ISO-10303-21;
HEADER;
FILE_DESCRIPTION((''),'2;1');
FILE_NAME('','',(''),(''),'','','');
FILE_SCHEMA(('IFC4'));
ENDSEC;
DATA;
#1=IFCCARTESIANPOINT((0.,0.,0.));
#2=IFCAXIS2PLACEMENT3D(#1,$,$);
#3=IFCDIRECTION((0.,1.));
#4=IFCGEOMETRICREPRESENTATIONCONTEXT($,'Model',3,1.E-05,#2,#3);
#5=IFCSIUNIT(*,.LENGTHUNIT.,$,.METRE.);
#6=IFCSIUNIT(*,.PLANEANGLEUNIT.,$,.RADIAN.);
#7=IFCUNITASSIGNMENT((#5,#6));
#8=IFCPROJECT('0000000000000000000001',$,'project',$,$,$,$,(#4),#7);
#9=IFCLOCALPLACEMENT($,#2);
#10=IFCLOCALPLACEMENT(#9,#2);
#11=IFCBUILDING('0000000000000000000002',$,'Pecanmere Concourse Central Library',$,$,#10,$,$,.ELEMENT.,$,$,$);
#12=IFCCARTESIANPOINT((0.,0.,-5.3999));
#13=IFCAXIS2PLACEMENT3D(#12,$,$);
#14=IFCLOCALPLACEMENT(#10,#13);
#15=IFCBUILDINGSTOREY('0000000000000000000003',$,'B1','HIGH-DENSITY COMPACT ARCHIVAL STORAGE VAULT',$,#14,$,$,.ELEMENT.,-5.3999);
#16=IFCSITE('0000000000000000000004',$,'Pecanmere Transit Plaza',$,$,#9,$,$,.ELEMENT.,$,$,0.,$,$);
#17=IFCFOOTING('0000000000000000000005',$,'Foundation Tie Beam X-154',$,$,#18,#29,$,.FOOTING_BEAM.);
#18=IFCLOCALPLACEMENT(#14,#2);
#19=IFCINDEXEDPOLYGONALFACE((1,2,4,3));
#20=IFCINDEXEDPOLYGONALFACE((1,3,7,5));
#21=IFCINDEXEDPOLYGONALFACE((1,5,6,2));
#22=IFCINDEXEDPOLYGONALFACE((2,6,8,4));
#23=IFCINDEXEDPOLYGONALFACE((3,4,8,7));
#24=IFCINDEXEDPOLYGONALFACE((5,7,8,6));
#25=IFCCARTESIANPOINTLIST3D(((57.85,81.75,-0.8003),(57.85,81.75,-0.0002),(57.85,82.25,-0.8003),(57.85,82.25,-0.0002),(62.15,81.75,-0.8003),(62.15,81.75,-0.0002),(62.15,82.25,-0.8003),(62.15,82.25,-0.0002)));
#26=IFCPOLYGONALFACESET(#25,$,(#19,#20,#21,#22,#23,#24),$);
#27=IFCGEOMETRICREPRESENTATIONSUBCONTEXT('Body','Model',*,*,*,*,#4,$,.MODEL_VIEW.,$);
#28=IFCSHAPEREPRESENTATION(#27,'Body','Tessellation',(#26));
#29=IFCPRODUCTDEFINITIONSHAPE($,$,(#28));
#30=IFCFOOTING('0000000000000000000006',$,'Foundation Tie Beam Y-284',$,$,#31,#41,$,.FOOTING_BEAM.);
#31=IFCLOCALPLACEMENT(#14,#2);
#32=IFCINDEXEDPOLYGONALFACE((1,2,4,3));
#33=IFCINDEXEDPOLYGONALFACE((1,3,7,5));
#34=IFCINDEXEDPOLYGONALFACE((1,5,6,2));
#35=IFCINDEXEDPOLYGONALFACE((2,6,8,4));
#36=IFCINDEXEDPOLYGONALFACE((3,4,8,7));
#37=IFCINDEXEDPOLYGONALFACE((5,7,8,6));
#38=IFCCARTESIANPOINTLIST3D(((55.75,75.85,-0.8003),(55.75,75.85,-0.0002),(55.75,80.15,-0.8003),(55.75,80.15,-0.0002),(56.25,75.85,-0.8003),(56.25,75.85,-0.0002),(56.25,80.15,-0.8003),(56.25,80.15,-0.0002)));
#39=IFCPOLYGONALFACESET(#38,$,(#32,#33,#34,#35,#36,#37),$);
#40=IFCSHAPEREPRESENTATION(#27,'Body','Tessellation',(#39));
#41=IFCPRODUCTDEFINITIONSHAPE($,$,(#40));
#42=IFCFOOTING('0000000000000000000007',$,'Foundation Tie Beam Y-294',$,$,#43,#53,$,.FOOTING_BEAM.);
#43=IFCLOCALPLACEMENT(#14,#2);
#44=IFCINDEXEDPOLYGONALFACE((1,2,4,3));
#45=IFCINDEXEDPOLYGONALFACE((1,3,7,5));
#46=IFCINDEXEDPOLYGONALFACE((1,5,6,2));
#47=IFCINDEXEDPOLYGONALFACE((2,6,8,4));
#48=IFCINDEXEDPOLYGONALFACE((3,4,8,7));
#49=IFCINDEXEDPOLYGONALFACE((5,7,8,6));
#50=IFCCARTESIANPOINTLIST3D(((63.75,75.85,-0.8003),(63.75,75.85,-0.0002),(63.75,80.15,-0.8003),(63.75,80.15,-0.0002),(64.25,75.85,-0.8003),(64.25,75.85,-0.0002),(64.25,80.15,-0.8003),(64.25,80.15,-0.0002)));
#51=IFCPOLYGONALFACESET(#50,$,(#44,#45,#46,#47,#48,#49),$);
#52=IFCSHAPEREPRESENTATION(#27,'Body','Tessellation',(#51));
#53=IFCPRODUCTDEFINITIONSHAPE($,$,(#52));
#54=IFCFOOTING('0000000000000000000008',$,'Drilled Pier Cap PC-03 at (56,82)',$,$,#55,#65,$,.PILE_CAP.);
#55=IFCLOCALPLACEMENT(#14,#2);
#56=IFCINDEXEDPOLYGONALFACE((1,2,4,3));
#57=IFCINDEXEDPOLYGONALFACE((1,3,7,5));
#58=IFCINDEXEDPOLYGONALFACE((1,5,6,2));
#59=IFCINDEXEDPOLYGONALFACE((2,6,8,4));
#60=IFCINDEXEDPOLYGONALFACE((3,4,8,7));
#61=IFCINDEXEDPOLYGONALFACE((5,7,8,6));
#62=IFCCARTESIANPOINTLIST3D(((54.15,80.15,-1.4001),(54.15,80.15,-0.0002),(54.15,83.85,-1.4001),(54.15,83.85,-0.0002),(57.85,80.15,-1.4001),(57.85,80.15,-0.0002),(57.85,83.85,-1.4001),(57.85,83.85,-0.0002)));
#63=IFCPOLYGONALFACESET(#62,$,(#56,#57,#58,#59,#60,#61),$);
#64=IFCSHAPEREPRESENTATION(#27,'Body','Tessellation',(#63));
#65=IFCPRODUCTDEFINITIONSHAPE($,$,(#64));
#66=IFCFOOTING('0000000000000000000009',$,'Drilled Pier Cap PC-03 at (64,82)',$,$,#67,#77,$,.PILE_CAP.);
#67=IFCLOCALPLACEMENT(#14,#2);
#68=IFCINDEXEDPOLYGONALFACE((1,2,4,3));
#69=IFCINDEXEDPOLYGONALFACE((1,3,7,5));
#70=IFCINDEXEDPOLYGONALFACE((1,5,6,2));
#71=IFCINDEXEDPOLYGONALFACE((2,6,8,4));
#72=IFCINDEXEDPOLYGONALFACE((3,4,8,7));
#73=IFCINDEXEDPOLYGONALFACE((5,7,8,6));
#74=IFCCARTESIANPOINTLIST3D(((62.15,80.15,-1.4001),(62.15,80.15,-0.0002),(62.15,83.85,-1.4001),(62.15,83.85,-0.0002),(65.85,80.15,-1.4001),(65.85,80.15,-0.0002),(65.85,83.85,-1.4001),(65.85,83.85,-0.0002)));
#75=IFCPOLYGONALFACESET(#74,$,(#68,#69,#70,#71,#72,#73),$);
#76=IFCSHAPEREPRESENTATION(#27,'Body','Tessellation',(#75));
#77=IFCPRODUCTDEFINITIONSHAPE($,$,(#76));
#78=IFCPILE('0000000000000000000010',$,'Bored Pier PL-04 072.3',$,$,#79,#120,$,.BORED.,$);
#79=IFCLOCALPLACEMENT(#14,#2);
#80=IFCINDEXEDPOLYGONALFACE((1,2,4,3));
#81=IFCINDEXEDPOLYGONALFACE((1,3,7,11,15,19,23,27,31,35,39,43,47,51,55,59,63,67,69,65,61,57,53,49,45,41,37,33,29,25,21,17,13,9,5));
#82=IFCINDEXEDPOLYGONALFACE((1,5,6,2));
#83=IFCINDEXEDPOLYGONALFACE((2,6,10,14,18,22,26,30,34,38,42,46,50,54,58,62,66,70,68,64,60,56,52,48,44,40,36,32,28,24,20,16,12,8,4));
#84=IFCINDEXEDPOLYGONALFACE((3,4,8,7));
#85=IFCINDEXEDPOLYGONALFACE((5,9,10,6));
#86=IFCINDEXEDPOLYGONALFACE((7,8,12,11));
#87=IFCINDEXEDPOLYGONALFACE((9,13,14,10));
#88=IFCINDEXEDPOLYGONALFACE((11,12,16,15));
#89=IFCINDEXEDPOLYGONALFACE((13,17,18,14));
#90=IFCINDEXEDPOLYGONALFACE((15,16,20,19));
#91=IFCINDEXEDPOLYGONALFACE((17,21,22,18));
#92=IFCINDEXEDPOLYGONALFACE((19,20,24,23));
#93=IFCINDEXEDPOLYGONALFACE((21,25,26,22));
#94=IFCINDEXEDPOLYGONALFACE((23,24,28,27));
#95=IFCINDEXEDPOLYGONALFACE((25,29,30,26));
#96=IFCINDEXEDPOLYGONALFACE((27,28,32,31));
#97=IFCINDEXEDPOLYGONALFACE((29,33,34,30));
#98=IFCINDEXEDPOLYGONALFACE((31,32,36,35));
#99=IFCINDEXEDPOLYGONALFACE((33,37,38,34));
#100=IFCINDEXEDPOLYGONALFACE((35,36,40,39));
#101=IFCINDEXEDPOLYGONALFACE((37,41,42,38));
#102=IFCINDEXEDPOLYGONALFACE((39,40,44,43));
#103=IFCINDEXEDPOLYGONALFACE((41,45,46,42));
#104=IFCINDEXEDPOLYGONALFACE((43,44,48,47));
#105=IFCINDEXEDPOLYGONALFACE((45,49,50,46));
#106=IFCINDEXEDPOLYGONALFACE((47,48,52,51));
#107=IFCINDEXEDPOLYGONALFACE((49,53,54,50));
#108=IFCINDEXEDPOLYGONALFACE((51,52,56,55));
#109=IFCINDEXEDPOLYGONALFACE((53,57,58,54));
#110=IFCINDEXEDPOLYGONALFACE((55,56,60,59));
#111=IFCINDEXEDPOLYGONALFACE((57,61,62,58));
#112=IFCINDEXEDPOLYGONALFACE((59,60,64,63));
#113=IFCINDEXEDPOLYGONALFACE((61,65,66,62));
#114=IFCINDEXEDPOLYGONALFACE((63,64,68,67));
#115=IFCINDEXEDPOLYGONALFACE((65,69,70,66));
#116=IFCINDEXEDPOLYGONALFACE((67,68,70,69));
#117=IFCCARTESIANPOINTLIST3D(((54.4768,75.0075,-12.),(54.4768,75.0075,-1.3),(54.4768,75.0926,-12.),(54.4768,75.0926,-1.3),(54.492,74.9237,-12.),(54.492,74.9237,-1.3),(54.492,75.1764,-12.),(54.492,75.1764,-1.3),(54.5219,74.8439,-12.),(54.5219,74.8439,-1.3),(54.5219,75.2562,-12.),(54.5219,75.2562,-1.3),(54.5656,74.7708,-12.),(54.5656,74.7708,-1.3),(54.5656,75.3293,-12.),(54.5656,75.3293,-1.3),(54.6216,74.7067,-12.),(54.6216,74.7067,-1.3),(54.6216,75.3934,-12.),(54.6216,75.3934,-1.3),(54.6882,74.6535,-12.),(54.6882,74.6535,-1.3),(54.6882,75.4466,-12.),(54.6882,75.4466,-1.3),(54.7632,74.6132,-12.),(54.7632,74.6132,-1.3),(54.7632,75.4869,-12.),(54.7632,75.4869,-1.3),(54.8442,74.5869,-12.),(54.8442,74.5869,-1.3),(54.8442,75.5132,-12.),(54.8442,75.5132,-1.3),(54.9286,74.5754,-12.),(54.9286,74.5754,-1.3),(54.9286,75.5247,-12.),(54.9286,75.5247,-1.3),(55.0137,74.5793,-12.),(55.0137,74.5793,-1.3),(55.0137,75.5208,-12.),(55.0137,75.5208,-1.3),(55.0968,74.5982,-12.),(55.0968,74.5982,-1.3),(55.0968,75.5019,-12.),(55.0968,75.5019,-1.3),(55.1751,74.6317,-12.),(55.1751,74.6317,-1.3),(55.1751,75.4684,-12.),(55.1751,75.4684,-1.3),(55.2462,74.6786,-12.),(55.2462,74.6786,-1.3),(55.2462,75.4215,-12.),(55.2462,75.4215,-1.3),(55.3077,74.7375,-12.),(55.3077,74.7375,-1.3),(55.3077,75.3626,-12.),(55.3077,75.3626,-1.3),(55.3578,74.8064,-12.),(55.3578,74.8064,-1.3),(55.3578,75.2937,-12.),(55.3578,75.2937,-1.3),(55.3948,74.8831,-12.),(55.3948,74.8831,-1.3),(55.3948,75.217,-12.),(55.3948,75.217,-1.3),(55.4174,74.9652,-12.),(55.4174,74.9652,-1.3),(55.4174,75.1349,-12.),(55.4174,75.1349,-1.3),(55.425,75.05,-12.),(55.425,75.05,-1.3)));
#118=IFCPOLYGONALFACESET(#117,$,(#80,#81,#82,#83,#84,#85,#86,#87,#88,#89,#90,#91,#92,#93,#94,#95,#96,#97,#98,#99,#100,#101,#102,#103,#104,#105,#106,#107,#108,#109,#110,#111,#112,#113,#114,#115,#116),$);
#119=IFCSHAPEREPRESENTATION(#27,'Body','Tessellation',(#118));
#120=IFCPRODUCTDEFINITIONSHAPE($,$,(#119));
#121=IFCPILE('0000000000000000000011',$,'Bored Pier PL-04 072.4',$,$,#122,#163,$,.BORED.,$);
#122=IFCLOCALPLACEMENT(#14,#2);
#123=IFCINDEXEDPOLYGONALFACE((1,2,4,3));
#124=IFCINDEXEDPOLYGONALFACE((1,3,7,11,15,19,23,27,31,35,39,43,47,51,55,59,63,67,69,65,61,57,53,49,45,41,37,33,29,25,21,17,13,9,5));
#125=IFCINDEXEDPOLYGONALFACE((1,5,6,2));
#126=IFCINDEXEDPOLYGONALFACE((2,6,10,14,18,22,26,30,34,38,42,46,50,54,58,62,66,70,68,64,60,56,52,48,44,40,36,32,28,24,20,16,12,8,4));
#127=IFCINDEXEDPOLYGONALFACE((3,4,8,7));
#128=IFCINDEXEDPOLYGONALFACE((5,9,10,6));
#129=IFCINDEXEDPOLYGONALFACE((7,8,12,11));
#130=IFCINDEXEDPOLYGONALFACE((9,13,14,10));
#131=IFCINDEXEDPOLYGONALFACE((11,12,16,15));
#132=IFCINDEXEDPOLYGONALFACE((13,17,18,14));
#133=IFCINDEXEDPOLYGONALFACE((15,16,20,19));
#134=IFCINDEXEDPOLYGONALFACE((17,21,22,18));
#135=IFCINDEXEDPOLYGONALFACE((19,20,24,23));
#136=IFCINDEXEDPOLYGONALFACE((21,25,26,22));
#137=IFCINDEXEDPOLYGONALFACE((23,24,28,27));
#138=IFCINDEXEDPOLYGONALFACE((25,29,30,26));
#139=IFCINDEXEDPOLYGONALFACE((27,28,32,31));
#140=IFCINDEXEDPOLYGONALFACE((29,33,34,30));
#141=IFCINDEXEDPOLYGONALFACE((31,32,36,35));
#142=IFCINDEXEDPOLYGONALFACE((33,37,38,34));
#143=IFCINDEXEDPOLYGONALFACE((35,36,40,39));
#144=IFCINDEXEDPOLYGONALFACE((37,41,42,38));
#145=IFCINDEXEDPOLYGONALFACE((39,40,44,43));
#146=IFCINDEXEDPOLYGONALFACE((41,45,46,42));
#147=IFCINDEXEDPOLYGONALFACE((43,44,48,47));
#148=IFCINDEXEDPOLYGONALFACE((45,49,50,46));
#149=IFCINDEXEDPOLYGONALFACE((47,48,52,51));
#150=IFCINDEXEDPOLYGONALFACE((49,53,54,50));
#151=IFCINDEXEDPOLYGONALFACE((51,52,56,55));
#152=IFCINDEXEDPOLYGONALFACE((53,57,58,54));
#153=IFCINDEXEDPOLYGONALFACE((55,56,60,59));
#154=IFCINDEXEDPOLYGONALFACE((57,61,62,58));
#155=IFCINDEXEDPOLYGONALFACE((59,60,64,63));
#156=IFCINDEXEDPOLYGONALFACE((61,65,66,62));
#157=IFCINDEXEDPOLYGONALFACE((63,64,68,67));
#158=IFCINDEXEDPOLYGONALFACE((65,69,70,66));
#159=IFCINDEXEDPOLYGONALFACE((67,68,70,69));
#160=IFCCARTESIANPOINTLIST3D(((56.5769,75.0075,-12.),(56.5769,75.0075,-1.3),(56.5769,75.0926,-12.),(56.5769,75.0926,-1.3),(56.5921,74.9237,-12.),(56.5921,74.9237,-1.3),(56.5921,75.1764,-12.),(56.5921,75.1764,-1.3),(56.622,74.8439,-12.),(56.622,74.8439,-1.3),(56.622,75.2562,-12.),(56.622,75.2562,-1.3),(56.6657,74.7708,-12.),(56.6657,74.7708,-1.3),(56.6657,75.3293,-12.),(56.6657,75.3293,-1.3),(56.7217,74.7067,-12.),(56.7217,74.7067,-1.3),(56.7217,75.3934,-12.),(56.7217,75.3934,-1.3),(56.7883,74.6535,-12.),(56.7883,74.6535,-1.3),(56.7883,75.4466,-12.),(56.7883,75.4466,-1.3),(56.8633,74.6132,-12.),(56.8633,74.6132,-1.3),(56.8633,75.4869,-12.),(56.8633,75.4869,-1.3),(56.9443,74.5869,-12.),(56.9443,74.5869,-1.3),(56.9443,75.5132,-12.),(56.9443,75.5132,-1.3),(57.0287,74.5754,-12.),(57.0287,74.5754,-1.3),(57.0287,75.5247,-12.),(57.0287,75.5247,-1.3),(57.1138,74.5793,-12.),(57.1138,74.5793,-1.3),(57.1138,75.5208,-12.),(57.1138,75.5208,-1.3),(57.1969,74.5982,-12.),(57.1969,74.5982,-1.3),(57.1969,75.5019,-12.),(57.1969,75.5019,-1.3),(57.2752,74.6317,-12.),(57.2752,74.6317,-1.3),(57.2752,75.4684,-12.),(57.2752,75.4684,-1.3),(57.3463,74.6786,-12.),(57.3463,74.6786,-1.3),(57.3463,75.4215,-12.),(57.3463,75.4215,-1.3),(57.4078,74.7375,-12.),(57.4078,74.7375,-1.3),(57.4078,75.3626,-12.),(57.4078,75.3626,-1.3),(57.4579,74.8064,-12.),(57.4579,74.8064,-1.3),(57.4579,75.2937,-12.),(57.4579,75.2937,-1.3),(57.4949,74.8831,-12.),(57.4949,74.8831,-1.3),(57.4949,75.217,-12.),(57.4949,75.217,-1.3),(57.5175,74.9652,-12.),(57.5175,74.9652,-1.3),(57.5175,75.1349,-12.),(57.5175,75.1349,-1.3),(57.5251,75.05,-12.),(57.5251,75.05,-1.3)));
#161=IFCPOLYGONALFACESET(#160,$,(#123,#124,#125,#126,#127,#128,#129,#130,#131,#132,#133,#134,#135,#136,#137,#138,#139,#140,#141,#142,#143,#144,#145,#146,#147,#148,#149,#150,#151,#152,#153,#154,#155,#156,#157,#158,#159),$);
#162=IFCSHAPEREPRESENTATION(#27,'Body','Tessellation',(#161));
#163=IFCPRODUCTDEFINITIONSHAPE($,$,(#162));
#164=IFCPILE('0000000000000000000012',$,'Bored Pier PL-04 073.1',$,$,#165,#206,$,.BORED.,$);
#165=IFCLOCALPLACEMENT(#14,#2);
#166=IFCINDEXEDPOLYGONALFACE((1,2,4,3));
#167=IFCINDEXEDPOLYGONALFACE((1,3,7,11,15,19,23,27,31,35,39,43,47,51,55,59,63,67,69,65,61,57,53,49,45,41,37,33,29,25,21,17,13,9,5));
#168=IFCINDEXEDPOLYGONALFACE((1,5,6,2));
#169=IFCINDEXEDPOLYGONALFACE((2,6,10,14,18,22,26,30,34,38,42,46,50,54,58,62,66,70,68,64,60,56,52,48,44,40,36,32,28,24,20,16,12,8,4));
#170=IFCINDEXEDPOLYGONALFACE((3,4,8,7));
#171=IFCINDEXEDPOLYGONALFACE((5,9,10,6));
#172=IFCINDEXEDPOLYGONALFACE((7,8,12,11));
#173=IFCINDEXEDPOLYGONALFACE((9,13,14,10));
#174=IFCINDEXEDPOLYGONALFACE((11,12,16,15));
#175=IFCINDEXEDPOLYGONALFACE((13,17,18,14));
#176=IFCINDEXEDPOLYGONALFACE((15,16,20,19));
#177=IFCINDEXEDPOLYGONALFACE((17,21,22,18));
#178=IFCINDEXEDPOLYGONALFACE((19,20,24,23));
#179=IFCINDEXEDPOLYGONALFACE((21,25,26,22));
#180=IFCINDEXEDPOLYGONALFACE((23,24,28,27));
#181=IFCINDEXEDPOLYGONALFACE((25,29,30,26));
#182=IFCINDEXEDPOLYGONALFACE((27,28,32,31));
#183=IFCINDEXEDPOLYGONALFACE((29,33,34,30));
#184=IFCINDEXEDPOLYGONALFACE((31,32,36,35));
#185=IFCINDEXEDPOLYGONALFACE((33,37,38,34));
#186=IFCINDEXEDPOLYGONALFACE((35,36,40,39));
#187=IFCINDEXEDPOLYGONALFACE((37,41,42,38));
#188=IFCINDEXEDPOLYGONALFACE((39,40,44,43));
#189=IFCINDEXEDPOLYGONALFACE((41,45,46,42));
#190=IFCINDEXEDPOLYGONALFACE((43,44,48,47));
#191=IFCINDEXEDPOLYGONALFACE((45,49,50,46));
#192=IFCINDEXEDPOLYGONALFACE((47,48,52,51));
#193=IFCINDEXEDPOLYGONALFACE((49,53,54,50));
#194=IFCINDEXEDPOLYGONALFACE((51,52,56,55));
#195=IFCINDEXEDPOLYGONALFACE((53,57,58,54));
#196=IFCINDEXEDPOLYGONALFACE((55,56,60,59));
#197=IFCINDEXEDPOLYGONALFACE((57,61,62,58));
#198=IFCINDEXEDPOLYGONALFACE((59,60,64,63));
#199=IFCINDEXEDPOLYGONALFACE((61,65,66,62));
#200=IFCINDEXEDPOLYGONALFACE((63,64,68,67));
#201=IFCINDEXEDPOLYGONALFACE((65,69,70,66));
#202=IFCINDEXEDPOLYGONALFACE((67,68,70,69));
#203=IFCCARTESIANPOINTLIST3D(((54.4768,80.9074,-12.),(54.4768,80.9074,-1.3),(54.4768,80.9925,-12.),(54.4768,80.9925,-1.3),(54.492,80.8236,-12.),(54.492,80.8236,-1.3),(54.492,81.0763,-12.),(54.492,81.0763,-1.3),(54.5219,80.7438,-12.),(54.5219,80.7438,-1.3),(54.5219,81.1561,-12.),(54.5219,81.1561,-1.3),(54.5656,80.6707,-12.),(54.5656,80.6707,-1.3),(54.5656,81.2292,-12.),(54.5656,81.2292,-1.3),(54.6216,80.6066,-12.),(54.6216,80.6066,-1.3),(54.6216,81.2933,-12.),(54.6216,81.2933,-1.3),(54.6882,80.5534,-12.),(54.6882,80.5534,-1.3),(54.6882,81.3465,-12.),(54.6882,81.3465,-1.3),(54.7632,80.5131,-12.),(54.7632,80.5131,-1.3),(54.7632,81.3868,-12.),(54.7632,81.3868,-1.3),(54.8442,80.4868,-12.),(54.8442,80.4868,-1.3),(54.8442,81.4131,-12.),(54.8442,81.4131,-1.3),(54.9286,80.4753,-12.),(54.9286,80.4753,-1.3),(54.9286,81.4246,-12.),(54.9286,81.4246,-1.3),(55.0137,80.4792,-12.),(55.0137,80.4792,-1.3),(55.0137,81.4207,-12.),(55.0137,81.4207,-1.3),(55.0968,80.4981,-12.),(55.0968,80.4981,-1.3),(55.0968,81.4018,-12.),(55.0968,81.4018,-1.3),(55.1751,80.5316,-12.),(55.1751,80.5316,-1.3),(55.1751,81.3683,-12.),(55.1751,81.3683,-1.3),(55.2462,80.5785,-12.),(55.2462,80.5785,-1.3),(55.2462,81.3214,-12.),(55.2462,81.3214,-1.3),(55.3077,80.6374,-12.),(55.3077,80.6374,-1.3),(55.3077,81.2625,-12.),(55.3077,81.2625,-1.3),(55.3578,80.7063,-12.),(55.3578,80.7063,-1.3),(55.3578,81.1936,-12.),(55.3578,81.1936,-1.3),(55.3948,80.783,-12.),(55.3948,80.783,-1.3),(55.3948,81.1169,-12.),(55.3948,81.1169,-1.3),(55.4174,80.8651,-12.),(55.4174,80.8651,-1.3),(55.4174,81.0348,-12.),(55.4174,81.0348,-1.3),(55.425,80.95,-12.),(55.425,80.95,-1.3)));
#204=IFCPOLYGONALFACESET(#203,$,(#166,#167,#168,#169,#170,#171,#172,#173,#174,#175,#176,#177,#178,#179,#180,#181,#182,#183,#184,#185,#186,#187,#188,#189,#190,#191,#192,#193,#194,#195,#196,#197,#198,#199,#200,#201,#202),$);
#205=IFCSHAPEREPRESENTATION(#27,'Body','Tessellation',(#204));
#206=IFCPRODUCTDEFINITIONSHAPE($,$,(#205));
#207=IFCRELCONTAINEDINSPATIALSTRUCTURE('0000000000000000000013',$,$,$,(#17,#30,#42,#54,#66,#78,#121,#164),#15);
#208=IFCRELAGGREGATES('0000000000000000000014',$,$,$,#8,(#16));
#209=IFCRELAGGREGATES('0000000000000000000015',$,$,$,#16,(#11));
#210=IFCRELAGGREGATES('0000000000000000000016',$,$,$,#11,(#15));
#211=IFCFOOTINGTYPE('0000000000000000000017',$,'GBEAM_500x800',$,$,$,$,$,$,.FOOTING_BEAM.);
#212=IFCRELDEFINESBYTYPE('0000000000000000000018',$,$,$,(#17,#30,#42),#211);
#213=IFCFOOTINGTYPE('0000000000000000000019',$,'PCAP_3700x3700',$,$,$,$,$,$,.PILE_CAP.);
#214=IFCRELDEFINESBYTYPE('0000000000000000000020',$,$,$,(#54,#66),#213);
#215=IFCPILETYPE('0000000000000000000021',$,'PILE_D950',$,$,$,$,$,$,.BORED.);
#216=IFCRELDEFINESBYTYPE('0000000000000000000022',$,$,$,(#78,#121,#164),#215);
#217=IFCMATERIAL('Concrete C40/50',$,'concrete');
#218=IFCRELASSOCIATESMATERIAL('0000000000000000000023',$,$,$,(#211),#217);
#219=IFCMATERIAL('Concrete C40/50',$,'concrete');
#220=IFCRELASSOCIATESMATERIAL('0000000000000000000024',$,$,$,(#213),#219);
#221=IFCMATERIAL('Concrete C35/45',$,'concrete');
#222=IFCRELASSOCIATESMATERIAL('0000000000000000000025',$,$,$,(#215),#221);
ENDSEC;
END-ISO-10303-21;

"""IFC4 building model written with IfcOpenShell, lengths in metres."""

from ifc_helpers import new_model, si_unit, direction, frame, origin, origin_2d, place, context, subcontext, project, spatial, rectangle, circle, extrude, material, material_profile, profile_set, type_object, element, save


model = new_model("IFC4")

# Units and contexts
model_context = context("Model", 3, precision=1e-05, world=origin(), true_north=direction((0.0, 1.0)))
body_context = subcontext(model_context, "Body", "Model", "MODEL_VIEW")
ifc_project = project(units=[si_unit("LENGTHUNIT", "METRE"), si_unit("PLANEANGLEUNIT", "RADIAN")], contexts=[model_context])

# Site, building, storey
site_placement = place(None, origin())
site = spatial("IfcSite", under=ifc_project, at=site_placement, Name="Pecanmere Transit Plaza", CompositionType="ELEMENT", RefElevation=0.0)
building_placement = place(site_placement, origin())
building = spatial("IfcBuilding", under=site, at=building_placement, Name="Pecanmere Concourse Central Library", CompositionType="ELEMENT")
storey_placement = place(building_placement, frame((0.0, 0.0, -5.3999)))
storey = spatial("IfcBuildingStorey", under=building, at=storey_placement, Name="B1", Description="HIGH-DENSITY COMPACT ARCHIVAL STORAGE VAULT", CompositionType="ELEMENT", Elevation=-5.3999)

# Footings
ifc_material_1 = material(Name="Concrete C40/50", Category="concrete")
ifc_material_profile_1 = material_profile(ifc_material_1, rectangle(XDim=0.5, YDim=0.8, at=origin_2d()), Name="RC 500x800")
ifc_profile_set_1 = profile_set([ifc_material_profile_1], Name="Concrete C40/50")
footing_type_1 = type_object("IfcFootingType", Name="GBEAM_500x800", PredefinedType="FOOTING_BEAM", material=ifc_profile_set_1)
for number, where, z_axis, x_axis, name in (
    (1, (60.0, 82.0, -0.8003), (0.0, 0.0, 1.0), (1.0, 0.0, 0.0), "Foundation Tie Beam X-154"),
    (2, (56.0, 78.0, -0.8003), (0.0, 0.0, 1.0), (0.0, 1.0, 0.0), "Foundation Tie Beam Y-284"),
    (3, (64.0, 78.0, -0.8003), (0.0, 0.0, 1.0), (0.0, 1.0, 0.0), "Foundation Tie Beam Y-294"),
):
    element("IfcFooting", number, at=place(storey_placement, frame(where, z_axis=z_axis, x_axis=x_axis)), inside=storey, type_object=footing_type_1, Name=name, PredefinedType="FOOTING_BEAM", context=body_context, shape_type="SweptSolid", body=[
        extrude(rectangle(XDim=4.3, YDim=0.5, at=origin_2d()), origin(), (0.0, 0.0, 1.0), 0.8),
    ])
ifc_material_2 = material(Name="Concrete C40/50", Category="concrete")
footing_type_2 = type_object("IfcFootingType", Name="PCAP_3700x3700", PredefinedType="PILE_CAP", material=ifc_material_2)
for number, where, z_axis, x_axis, name in (
    (4, (56.0, 82.0, -1.4001), (0.0, 0.0, 1.0), (1.0, 0.0, 0.0), "Drilled Pier Cap PC-03 at (56,82)"),
    (5, (64.0, 82.0, -1.4001), (0.0, 0.0, 1.0), (1.0, 0.0, 0.0), "Drilled Pier Cap PC-03 at (64,82)"),
):
    element("IfcFooting", number, at=place(storey_placement, frame(where, z_axis=z_axis, x_axis=x_axis)), inside=storey, type_object=footing_type_2, Name=name, PredefinedType="PILE_CAP", context=body_context, shape_type="SweptSolid", body=[
        extrude(rectangle(XDim=3.7, YDim=3.7, at=origin_2d()), origin(), (0.0, 0.0, 1.0), 1.3999),
    ])

# Piles
ifc_material_3 = material(Name="Concrete C35/45", Category="concrete")
ifc_material_profile_2 = material_profile(ifc_material_3, circle(Radius=0.4751, at=origin_2d()), Name="PIER D950")
ifc_profile_set_2 = profile_set([ifc_material_profile_2], Name="Concrete C35/45")
pile_type = type_object("IfcPileType", Name="PILE_D950", PredefinedType="BORED", material=ifc_profile_set_2)
for number, where, z_axis, x_axis, name in (
    (6, (54.95, 75.05, -1.3), (0.0, 0.0, -1.0), (1.0, 0.0, 0.0), "Bored Pier PL-04 072.3"),
    (7, (57.05, 75.05, -1.3), (0.0, 0.0, -1.0), (1.0, 0.0, 0.0), "Bored Pier PL-04 072.4"),
    (8, (54.95, 80.95, -1.3), (0.0, 0.0, -1.0), (1.0, 0.0, 0.0), "Bored Pier PL-04 073.1"),
):
    element("IfcPile", number, at=place(storey_placement, frame(where, z_axis=z_axis, x_axis=x_axis)), inside=storey, type_object=pile_type, Name=name, PredefinedType="BORED", context=body_context, shape_type="SweptSolid", body=[
        extrude(circle(Radius=0.4751, at=origin_2d()), origin(), (0.0, 0.0, 1.0), 10.7),
    ])

save(model, "model.ifc")
